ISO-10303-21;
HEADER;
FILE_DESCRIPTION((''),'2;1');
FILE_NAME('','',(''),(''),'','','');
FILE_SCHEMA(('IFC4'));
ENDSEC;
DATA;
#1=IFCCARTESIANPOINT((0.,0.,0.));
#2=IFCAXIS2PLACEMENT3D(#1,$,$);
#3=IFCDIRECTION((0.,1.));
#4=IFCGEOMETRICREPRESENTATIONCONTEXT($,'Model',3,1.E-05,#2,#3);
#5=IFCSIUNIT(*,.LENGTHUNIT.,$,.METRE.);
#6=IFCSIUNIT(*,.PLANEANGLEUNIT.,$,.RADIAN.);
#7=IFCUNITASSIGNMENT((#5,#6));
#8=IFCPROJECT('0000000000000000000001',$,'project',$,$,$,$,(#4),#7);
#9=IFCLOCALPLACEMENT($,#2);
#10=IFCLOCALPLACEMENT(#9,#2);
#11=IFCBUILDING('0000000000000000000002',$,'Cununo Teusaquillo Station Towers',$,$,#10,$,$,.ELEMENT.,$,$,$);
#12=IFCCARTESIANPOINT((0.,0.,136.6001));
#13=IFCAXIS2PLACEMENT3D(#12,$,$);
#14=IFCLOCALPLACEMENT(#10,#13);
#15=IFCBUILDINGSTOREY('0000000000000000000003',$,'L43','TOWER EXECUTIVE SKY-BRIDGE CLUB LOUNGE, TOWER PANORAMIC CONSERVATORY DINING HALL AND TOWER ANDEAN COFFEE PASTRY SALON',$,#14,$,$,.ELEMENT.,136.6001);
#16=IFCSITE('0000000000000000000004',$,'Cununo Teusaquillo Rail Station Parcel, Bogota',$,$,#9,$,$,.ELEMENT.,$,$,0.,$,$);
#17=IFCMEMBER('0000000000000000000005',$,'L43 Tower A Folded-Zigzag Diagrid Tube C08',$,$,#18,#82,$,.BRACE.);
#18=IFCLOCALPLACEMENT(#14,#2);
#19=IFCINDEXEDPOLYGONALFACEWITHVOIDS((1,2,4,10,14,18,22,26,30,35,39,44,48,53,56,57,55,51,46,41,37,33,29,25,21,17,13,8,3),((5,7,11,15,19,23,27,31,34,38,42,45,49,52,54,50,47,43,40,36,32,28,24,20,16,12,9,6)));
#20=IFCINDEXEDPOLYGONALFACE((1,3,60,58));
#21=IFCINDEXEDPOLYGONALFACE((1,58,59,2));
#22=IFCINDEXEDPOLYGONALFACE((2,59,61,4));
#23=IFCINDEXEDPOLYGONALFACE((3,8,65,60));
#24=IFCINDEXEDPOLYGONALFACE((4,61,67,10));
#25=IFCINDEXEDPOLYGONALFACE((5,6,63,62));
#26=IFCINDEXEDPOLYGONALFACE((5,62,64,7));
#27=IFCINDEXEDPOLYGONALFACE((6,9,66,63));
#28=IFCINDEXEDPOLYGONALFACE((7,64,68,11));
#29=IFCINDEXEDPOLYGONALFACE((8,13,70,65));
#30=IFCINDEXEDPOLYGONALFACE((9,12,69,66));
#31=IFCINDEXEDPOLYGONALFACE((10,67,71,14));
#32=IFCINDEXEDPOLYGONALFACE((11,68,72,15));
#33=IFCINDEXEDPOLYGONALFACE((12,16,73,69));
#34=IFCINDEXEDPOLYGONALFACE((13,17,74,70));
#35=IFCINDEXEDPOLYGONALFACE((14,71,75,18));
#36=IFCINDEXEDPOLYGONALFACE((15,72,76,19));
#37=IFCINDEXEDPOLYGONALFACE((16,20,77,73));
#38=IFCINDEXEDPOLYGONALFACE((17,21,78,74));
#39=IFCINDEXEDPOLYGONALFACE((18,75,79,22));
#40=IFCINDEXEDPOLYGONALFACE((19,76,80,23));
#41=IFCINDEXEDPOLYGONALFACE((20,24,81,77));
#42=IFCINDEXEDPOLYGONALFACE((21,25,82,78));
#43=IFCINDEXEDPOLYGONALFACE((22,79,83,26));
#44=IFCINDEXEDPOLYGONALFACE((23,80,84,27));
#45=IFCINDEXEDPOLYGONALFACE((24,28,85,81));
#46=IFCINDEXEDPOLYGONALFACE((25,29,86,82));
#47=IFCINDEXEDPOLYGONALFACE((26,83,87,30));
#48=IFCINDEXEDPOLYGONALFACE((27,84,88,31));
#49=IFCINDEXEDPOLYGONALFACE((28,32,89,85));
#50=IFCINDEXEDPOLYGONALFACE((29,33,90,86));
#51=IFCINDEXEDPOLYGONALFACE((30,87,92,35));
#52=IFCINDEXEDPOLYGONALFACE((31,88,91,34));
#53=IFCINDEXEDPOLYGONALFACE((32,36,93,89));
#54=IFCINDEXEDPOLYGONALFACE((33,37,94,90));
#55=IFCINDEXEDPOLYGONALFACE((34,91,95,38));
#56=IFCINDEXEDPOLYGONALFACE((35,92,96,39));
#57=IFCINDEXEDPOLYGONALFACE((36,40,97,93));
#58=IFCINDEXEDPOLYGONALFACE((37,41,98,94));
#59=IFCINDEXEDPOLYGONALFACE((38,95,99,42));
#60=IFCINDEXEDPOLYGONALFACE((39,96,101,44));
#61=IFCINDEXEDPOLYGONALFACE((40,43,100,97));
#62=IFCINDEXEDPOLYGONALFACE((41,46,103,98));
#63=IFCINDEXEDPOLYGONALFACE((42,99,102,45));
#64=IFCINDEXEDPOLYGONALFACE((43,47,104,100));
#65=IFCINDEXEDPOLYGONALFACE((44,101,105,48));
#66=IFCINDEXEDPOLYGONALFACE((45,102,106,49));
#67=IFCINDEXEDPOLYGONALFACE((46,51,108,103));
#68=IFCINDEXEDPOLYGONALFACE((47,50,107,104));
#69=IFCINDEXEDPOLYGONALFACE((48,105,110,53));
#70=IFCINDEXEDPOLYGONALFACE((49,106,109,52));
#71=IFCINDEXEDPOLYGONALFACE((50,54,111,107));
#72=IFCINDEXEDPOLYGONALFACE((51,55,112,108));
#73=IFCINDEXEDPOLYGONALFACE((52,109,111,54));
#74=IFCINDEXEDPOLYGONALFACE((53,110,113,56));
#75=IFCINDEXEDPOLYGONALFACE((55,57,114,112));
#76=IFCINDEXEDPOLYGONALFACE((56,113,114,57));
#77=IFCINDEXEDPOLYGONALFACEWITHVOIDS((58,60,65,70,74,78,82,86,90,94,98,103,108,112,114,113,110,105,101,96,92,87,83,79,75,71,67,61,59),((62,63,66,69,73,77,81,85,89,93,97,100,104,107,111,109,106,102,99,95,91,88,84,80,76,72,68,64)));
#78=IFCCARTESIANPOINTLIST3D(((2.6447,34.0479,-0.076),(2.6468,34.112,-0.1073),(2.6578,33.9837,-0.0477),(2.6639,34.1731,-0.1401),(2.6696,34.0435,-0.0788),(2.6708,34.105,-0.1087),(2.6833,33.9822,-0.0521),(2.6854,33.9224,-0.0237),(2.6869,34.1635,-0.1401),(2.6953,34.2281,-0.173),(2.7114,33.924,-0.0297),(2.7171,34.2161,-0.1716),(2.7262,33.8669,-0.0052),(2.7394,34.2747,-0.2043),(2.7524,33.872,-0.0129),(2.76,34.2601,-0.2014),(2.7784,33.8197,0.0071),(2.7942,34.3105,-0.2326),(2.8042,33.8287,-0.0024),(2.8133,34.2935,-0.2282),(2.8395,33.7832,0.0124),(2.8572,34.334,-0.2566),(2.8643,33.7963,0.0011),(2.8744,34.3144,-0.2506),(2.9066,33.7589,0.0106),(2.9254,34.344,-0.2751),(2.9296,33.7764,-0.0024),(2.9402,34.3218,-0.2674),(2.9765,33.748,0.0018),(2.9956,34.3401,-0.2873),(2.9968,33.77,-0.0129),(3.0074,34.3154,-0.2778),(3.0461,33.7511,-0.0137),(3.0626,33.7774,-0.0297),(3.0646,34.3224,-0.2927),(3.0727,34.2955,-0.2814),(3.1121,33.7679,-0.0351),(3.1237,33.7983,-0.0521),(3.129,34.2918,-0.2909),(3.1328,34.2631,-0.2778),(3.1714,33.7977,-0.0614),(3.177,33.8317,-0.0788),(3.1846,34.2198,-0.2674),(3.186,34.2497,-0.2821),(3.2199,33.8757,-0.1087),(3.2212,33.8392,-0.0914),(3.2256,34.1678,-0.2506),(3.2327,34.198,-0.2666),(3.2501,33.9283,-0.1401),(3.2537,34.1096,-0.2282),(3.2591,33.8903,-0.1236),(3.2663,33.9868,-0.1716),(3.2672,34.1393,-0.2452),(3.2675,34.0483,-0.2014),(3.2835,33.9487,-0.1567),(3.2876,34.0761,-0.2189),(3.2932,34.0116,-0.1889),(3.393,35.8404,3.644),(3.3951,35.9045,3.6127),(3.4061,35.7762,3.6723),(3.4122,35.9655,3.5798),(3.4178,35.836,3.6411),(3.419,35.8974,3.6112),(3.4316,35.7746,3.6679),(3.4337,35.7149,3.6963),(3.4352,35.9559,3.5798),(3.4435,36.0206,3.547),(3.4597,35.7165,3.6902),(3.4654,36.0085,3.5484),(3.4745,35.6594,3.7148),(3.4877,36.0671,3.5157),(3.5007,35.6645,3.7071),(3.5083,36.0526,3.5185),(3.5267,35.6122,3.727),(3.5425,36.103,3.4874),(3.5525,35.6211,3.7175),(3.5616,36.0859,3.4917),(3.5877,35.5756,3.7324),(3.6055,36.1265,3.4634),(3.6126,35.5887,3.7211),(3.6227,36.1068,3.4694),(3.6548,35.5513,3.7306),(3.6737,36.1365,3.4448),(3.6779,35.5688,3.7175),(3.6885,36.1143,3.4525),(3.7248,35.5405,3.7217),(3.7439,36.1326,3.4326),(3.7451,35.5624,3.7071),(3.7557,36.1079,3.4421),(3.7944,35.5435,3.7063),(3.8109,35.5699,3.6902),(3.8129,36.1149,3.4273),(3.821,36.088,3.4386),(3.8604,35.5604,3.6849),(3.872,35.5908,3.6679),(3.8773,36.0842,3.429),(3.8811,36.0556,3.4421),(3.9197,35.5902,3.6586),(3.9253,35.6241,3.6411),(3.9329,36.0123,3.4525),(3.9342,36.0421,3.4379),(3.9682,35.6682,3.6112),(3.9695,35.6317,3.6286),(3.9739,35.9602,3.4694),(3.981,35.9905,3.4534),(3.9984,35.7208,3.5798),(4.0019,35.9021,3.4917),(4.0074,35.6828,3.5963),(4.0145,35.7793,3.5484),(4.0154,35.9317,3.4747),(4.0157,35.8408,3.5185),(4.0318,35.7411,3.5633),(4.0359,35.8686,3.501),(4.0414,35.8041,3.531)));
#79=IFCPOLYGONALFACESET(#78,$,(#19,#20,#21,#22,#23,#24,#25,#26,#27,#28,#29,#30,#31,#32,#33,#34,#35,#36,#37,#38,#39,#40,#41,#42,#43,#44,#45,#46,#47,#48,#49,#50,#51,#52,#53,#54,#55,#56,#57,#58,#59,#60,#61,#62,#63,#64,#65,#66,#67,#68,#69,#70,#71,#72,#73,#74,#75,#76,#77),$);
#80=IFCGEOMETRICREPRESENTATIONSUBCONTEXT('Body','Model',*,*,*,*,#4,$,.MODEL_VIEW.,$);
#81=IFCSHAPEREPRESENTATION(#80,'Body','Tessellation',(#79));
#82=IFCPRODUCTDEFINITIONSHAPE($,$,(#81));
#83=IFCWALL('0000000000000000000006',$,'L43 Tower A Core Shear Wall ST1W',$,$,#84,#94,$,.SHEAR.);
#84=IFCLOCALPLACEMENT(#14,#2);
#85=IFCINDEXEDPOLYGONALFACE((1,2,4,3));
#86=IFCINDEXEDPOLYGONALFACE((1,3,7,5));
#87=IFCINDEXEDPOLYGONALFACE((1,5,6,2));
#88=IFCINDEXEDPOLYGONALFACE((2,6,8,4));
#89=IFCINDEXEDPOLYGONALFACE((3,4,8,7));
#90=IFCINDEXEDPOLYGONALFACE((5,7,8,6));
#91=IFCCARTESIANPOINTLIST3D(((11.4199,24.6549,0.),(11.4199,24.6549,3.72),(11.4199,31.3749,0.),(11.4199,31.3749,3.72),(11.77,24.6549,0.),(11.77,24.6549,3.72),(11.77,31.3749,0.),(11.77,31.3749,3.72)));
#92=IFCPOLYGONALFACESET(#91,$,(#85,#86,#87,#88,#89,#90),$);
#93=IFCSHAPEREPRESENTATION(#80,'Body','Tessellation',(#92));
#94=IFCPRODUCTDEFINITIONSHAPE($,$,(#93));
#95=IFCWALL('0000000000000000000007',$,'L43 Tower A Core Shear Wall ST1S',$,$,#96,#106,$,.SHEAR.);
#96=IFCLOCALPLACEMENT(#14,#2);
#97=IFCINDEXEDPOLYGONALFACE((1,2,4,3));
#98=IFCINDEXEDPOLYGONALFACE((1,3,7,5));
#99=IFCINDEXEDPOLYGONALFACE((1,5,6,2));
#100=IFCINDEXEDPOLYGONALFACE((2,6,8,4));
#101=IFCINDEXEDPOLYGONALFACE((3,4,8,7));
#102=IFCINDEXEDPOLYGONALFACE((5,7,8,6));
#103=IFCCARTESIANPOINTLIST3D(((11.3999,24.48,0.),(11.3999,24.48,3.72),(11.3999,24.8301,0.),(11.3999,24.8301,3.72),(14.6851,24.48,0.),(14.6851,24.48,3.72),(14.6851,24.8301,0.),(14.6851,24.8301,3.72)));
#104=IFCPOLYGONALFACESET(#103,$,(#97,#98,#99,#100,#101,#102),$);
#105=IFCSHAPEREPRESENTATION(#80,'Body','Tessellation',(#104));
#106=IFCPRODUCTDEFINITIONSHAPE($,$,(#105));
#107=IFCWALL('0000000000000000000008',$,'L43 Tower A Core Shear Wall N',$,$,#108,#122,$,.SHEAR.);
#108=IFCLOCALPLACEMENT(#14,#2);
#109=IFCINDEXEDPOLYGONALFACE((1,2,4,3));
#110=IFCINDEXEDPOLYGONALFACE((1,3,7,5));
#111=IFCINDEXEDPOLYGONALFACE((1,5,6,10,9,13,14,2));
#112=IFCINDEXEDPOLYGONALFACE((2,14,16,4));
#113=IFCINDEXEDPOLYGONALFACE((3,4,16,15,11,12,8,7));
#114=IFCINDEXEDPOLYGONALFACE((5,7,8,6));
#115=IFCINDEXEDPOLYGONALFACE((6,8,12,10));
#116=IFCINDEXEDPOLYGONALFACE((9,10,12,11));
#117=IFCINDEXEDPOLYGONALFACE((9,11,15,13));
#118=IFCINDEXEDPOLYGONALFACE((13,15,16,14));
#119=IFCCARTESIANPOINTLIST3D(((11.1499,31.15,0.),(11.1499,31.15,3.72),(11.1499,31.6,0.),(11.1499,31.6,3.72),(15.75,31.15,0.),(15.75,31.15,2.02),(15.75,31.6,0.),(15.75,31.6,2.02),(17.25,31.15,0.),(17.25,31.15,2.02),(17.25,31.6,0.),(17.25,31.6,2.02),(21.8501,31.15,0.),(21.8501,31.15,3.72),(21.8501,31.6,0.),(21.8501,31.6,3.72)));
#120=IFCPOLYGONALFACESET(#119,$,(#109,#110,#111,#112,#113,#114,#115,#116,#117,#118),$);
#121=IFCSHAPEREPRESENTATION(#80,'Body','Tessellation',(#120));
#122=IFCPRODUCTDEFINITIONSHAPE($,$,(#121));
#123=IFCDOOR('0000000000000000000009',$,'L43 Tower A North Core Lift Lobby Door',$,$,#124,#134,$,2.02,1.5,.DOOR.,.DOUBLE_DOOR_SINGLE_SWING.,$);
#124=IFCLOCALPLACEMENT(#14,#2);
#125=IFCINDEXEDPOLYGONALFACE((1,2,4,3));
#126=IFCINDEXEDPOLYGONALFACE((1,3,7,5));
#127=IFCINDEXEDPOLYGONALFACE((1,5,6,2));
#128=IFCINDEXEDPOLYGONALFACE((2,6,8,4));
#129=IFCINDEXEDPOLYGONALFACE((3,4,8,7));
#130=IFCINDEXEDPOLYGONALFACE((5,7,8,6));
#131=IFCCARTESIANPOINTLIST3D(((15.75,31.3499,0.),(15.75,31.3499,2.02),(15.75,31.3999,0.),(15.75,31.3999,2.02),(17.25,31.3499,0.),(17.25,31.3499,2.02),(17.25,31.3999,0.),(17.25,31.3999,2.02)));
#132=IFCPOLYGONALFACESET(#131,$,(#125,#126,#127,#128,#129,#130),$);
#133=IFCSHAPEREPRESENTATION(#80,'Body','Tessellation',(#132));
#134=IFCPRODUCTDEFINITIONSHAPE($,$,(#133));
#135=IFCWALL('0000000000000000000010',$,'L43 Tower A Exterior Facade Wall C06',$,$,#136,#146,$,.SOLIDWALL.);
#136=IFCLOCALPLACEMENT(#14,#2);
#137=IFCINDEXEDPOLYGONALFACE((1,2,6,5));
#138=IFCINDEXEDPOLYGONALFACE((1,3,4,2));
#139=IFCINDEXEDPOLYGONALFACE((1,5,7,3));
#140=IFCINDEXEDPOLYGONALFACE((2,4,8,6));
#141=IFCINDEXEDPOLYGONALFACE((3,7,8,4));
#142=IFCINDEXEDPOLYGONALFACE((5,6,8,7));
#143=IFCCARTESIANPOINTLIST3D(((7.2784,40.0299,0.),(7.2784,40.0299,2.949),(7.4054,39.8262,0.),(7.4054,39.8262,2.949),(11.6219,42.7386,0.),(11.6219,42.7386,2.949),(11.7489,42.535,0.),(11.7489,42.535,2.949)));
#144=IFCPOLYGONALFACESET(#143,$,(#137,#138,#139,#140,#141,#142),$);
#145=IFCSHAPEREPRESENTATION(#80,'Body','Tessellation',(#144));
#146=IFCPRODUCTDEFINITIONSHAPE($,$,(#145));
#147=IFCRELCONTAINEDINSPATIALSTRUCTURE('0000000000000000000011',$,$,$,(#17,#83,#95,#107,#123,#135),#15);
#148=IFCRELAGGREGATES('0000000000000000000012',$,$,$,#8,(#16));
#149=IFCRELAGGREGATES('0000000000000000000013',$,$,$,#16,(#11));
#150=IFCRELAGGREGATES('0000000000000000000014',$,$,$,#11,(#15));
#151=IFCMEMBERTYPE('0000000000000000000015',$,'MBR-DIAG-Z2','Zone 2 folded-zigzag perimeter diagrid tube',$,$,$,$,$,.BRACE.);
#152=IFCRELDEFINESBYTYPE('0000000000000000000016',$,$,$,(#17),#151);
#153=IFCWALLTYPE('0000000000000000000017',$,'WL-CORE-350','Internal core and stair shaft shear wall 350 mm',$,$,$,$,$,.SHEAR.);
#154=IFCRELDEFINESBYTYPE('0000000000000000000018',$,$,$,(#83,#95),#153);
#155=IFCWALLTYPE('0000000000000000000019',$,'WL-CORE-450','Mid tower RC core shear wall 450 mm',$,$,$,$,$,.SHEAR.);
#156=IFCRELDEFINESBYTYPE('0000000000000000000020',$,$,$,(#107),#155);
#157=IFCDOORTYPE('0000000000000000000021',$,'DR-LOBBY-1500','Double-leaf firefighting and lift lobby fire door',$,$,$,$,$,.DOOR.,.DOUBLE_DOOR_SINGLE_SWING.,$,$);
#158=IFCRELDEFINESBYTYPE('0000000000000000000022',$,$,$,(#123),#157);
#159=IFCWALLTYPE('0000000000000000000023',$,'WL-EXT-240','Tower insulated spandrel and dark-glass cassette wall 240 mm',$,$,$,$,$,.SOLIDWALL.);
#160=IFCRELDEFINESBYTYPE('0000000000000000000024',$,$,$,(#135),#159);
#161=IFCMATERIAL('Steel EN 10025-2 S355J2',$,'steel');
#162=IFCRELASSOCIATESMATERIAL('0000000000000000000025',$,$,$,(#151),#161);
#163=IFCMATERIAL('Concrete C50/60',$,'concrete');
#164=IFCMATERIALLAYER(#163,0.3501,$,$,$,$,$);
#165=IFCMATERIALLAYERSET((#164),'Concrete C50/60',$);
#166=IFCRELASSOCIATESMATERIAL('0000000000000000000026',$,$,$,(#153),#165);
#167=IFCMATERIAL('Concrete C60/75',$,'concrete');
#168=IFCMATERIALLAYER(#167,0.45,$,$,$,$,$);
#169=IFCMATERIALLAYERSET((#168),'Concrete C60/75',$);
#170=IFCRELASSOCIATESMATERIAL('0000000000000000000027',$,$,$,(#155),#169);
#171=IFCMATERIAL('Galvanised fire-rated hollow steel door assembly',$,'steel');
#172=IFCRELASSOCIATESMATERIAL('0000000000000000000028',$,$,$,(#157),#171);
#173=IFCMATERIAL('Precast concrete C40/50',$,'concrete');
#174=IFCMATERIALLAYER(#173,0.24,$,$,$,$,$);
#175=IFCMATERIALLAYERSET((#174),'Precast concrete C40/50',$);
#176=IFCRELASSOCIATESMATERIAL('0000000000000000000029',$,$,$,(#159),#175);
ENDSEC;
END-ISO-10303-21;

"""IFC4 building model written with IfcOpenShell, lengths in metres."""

from ifc_helpers import new_model, si_unit, direction, frame, frame_2d, origin, origin_2d, place, context, subcontext, project, spatial, rectangle, hollow_circle, extrude, source, transform, mapped, material, layer, layer_set, material_profile, profile_set, type_object, element, fill, save


model = new_model("IFC4")

# Units and contexts
model_context = context("Model", 3, precision=1e-05, world=origin(), true_north=direction((0.0, 1.0)))
body_context = subcontext(model_context, "Body", "Model", "MODEL_VIEW")
ifc_project = project(units=[si_unit("LENGTHUNIT", "METRE"), si_unit("PLANEANGLEUNIT", "RADIAN")], contexts=[model_context])

# Site, building, storey
site_placement = place(None, origin())
site = spatial("IfcSite", under=ifc_project, at=site_placement, Name="Cununo Teusaquillo Rail Station Parcel, Bogota", CompositionType="ELEMENT", RefElevation=0.0)
building_placement = place(site_placement, origin())
building = spatial("IfcBuilding", under=site, at=building_placement, Name="Cununo Teusaquillo Station Towers", CompositionType="ELEMENT")
storey_placement = place(building_placement, frame((0.0, 0.0, 136.6001)))
storey = spatial("IfcBuildingStorey", under=building, at=storey_placement, Name="L43", Description="TOWER EXECUTIVE SKY-BRIDGE CLUB LOUNGE, TOWER PANORAMIC CONSERVATORY DINING HALL AND TOWER ANDEAN COFFEE PASTRY SALON", CompositionType="ELEMENT", Elevation=136.6001)

# Member
ifc_material_1 = material(Name="Steel EN 10025-2 S355J2", Category="steel")
ifc_material_profile_1 = material_profile(ifc_material_1, hollow_circle(Radius=0.3301, WallThickness=0.0249, at=origin_2d()), Name="CHS 660x25")
ifc_profile_set_1 = profile_set([ifc_material_profile_1], Name="Steel EN 10025-2 S355J2")
member_type = type_object("IfcMemberType", Name="MBR-DIAG-Z2", Description="Zone 2 folded-zigzag perimeter diagrid tube", PredefinedType="BRACE", material=ifc_profile_set_1)
member_1_placement = place(storey_placement, frame((2.9685, 34.0459, -0.1401), z_axis=(0.178311, 0.427131, 0.886434), x_axis=(-0.922816, 0.38524, 0.0)))
element("IfcMember", 1, at=member_1_placement, inside=storey, type_object=member_type, Name="L43 Tower A Folded-Zigzag Diagrid Tube C08", PredefinedType="BRACE", context=body_context, shape_type="SweptSolid", body=[
    extrude(hollow_circle(Radius=0.3301, WallThickness=0.0249, at=origin_2d()), origin(), (0.0, 0.0, 1.0), 4.1965),
])

# Walls
ifc_material_2 = material(Name="Concrete C50/60", Category="concrete")
ifc_layer_1 = layer(ifc_material_2, 0.3501)
ifc_layer_set_1 = layer_set([ifc_layer_1], Name="Concrete C50/60")
wall_type_1 = type_object("IfcWallType", Name="WL-CORE-350", Description="Internal core and stair shaft shear wall 350 mm", PredefinedType="SHEAR", material=ifc_layer_set_1)
wall_1_placement = place(storey_placement, frame((11.595, 24.655, 0.0), z_axis=(0.0, 0.0, 1.0), x_axis=(0.0, 1.0, 0.0)))
element("IfcWall", 2, at=wall_1_placement, inside=storey, type_object=wall_type_1, Name="L43 Tower A Core Shear Wall ST1W", PredefinedType="SHEAR", context=body_context, shape_type="SweptSolid", body=[
    extrude(rectangle(XDim=6.72, YDim=0.3501, at=frame_2d((3.3599, 0.0))), origin(), (0.0, 0.0, 1.0), 3.72),
])
wall_2_placement = place(storey_placement, frame((11.3999, 24.655, 0.0), z_axis=(0.0, 0.0, 1.0), x_axis=(1.0, 0.0, 0.0)))
element("IfcWall", 3, at=wall_2_placement, inside=storey, type_object=wall_type_1, Name="L43 Tower A Core Shear Wall ST1S", PredefinedType="SHEAR", context=body_context, shape_type="SweptSolid", body=[
    extrude(rectangle(XDim=3.2852, YDim=0.3501, at=frame_2d((1.6426, 0.0))), origin(), (0.0, 0.0, 1.0), 3.72),
])

# Wall, opening, door
ifc_material_3 = material(Name="Concrete C60/75", Category="concrete")
ifc_layer_2 = layer(ifc_material_3, 0.45)
ifc_layer_set_2 = layer_set([ifc_layer_2], Name="Concrete C60/75")
wall_type_2 = type_object("IfcWallType", Name="WL-CORE-450", Description="Mid tower RC core shear wall 450 mm", PredefinedType="SHEAR", material=ifc_layer_set_2)
wall_3_placement = place(storey_placement, frame((11.1499, 31.375, 0.0), z_axis=(0.0, 0.0, 1.0), x_axis=(1.0, 0.0, 0.0)))
wall_3 = element("IfcWall", 4, at=wall_3_placement, inside=storey, type_object=wall_type_2, Name="L43 Tower A Core Shear Wall N", PredefinedType="SHEAR", context=body_context, shape_type="SweptSolid", body=[
    extrude(rectangle(XDim=10.7002, YDim=0.45, at=frame_2d((5.3501, 0.0))), origin(), (0.0, 0.0, 1.0), 3.72),
])
shared_shape_1 = source(origin(), body_context, "Body", "SweptSolid", [
    extrude(rectangle(XDim=1.5, YDim=2.02, at=frame_2d((0.75, 1.01))), frame((0.0, 0.2349, 0.0), z_axis=(0.0, -1.0, 0.0), x_axis=(1.0, 0.0, 0.0)), (0.0, 0.0, 1.0), 0.47),
])
opening_1_placement = place(wall_3_placement, frame((4.6001, 0.0, 0.0)))
opening_1 = element("IfcOpeningElement", 5, at=opening_1_placement, cuts=wall_3, PredefinedType="OPENING", context=body_context, shape_type="MappedRepresentation", body=[
    mapped(shared_shape_1, transform((0.0, 0.0, 0.0), x_axis=(1.0, 0.0, 0.0), y_axis=(0.0, 1.0, 0.0), z_axis=(0.0, 0.0, 1.0), scale=1.0)),
])
ifc_material_4 = material(Name="Galvanised fire-rated hollow steel door assembly", Category="steel")
door_type_1 = type_object("IfcDoorType", Name="DR-LOBBY-1500", Description="Double-leaf firefighting and lift lobby fire door", OperationType="DOUBLE_DOOR_SINGLE_SWING", PredefinedType="DOOR", material=ifc_material_4)
shared_shape_2 = source(origin(), body_context, "Body", "SweptSolid", [
    extrude(rectangle(XDim=1.5, YDim=2.02, at=frame_2d((0.75, 1.01))), frame((0.0, 0.0249, 0.0), z_axis=(0.0, -1.0, 0.0), x_axis=(1.0, 0.0, 0.0)), (0.0, 0.0, 1.0), 0.05),
])
door_1_placement = place(opening_1_placement, origin())
door_1 = element("IfcDoor", 6, at=door_1_placement, inside=storey, type_object=door_type_1, Name="L43 Tower A North Core Lift Lobby Door", OperationType="DOUBLE_DOOR_SINGLE_SWING", OverallHeight=2.02, OverallWidth=1.5, PredefinedType="DOOR", context=body_context, shape_type="MappedRepresentation", body=[
    mapped(shared_shape_2, transform((0.0, 0.0, 0.0), x_axis=(1.0, 0.0, 0.0), y_axis=(0.0, 1.0, 0.0), z_axis=(0.0, 0.0, 1.0), scale=1.0)),
])
fill(opening_1, door_1)

# Wall
ifc_material_5 = material(Name="Precast concrete C40/50", Category="concrete")
ifc_layer_3 = layer(ifc_material_5, 0.24)
ifc_layer_set_3 = layer_set([ifc_layer_3], Name="Precast concrete C40/50")
wall_type_3 = type_object("IfcWallType", Name="WL-EXT-240", Description="Tower insulated spandrel and dark-glass cassette wall 240 mm", PredefinedType="SOLIDWALL", material=ifc_layer_set_3)
wall_4_placement = place(storey_placement, frame((7.3418, 39.928, 0.0), z_axis=(0.0, 0.0, 1.0), x_axis=(0.84852, 0.529163, 0.0)))
element("IfcWall", 7, at=wall_4_placement, inside=storey, type_object=wall_type_3, Name="L43 Tower A Exterior Facade Wall C06", PredefinedType="SOLIDWALL", context=body_context, shape_type="SweptSolid", body=[
    extrude(rectangle(XDim=5.1189, YDim=0.24, at=frame_2d((2.5596, 0.0))), origin(), (0.0, 0.0, 1.0), 2.949),
])

save(model, "model.ifc")
